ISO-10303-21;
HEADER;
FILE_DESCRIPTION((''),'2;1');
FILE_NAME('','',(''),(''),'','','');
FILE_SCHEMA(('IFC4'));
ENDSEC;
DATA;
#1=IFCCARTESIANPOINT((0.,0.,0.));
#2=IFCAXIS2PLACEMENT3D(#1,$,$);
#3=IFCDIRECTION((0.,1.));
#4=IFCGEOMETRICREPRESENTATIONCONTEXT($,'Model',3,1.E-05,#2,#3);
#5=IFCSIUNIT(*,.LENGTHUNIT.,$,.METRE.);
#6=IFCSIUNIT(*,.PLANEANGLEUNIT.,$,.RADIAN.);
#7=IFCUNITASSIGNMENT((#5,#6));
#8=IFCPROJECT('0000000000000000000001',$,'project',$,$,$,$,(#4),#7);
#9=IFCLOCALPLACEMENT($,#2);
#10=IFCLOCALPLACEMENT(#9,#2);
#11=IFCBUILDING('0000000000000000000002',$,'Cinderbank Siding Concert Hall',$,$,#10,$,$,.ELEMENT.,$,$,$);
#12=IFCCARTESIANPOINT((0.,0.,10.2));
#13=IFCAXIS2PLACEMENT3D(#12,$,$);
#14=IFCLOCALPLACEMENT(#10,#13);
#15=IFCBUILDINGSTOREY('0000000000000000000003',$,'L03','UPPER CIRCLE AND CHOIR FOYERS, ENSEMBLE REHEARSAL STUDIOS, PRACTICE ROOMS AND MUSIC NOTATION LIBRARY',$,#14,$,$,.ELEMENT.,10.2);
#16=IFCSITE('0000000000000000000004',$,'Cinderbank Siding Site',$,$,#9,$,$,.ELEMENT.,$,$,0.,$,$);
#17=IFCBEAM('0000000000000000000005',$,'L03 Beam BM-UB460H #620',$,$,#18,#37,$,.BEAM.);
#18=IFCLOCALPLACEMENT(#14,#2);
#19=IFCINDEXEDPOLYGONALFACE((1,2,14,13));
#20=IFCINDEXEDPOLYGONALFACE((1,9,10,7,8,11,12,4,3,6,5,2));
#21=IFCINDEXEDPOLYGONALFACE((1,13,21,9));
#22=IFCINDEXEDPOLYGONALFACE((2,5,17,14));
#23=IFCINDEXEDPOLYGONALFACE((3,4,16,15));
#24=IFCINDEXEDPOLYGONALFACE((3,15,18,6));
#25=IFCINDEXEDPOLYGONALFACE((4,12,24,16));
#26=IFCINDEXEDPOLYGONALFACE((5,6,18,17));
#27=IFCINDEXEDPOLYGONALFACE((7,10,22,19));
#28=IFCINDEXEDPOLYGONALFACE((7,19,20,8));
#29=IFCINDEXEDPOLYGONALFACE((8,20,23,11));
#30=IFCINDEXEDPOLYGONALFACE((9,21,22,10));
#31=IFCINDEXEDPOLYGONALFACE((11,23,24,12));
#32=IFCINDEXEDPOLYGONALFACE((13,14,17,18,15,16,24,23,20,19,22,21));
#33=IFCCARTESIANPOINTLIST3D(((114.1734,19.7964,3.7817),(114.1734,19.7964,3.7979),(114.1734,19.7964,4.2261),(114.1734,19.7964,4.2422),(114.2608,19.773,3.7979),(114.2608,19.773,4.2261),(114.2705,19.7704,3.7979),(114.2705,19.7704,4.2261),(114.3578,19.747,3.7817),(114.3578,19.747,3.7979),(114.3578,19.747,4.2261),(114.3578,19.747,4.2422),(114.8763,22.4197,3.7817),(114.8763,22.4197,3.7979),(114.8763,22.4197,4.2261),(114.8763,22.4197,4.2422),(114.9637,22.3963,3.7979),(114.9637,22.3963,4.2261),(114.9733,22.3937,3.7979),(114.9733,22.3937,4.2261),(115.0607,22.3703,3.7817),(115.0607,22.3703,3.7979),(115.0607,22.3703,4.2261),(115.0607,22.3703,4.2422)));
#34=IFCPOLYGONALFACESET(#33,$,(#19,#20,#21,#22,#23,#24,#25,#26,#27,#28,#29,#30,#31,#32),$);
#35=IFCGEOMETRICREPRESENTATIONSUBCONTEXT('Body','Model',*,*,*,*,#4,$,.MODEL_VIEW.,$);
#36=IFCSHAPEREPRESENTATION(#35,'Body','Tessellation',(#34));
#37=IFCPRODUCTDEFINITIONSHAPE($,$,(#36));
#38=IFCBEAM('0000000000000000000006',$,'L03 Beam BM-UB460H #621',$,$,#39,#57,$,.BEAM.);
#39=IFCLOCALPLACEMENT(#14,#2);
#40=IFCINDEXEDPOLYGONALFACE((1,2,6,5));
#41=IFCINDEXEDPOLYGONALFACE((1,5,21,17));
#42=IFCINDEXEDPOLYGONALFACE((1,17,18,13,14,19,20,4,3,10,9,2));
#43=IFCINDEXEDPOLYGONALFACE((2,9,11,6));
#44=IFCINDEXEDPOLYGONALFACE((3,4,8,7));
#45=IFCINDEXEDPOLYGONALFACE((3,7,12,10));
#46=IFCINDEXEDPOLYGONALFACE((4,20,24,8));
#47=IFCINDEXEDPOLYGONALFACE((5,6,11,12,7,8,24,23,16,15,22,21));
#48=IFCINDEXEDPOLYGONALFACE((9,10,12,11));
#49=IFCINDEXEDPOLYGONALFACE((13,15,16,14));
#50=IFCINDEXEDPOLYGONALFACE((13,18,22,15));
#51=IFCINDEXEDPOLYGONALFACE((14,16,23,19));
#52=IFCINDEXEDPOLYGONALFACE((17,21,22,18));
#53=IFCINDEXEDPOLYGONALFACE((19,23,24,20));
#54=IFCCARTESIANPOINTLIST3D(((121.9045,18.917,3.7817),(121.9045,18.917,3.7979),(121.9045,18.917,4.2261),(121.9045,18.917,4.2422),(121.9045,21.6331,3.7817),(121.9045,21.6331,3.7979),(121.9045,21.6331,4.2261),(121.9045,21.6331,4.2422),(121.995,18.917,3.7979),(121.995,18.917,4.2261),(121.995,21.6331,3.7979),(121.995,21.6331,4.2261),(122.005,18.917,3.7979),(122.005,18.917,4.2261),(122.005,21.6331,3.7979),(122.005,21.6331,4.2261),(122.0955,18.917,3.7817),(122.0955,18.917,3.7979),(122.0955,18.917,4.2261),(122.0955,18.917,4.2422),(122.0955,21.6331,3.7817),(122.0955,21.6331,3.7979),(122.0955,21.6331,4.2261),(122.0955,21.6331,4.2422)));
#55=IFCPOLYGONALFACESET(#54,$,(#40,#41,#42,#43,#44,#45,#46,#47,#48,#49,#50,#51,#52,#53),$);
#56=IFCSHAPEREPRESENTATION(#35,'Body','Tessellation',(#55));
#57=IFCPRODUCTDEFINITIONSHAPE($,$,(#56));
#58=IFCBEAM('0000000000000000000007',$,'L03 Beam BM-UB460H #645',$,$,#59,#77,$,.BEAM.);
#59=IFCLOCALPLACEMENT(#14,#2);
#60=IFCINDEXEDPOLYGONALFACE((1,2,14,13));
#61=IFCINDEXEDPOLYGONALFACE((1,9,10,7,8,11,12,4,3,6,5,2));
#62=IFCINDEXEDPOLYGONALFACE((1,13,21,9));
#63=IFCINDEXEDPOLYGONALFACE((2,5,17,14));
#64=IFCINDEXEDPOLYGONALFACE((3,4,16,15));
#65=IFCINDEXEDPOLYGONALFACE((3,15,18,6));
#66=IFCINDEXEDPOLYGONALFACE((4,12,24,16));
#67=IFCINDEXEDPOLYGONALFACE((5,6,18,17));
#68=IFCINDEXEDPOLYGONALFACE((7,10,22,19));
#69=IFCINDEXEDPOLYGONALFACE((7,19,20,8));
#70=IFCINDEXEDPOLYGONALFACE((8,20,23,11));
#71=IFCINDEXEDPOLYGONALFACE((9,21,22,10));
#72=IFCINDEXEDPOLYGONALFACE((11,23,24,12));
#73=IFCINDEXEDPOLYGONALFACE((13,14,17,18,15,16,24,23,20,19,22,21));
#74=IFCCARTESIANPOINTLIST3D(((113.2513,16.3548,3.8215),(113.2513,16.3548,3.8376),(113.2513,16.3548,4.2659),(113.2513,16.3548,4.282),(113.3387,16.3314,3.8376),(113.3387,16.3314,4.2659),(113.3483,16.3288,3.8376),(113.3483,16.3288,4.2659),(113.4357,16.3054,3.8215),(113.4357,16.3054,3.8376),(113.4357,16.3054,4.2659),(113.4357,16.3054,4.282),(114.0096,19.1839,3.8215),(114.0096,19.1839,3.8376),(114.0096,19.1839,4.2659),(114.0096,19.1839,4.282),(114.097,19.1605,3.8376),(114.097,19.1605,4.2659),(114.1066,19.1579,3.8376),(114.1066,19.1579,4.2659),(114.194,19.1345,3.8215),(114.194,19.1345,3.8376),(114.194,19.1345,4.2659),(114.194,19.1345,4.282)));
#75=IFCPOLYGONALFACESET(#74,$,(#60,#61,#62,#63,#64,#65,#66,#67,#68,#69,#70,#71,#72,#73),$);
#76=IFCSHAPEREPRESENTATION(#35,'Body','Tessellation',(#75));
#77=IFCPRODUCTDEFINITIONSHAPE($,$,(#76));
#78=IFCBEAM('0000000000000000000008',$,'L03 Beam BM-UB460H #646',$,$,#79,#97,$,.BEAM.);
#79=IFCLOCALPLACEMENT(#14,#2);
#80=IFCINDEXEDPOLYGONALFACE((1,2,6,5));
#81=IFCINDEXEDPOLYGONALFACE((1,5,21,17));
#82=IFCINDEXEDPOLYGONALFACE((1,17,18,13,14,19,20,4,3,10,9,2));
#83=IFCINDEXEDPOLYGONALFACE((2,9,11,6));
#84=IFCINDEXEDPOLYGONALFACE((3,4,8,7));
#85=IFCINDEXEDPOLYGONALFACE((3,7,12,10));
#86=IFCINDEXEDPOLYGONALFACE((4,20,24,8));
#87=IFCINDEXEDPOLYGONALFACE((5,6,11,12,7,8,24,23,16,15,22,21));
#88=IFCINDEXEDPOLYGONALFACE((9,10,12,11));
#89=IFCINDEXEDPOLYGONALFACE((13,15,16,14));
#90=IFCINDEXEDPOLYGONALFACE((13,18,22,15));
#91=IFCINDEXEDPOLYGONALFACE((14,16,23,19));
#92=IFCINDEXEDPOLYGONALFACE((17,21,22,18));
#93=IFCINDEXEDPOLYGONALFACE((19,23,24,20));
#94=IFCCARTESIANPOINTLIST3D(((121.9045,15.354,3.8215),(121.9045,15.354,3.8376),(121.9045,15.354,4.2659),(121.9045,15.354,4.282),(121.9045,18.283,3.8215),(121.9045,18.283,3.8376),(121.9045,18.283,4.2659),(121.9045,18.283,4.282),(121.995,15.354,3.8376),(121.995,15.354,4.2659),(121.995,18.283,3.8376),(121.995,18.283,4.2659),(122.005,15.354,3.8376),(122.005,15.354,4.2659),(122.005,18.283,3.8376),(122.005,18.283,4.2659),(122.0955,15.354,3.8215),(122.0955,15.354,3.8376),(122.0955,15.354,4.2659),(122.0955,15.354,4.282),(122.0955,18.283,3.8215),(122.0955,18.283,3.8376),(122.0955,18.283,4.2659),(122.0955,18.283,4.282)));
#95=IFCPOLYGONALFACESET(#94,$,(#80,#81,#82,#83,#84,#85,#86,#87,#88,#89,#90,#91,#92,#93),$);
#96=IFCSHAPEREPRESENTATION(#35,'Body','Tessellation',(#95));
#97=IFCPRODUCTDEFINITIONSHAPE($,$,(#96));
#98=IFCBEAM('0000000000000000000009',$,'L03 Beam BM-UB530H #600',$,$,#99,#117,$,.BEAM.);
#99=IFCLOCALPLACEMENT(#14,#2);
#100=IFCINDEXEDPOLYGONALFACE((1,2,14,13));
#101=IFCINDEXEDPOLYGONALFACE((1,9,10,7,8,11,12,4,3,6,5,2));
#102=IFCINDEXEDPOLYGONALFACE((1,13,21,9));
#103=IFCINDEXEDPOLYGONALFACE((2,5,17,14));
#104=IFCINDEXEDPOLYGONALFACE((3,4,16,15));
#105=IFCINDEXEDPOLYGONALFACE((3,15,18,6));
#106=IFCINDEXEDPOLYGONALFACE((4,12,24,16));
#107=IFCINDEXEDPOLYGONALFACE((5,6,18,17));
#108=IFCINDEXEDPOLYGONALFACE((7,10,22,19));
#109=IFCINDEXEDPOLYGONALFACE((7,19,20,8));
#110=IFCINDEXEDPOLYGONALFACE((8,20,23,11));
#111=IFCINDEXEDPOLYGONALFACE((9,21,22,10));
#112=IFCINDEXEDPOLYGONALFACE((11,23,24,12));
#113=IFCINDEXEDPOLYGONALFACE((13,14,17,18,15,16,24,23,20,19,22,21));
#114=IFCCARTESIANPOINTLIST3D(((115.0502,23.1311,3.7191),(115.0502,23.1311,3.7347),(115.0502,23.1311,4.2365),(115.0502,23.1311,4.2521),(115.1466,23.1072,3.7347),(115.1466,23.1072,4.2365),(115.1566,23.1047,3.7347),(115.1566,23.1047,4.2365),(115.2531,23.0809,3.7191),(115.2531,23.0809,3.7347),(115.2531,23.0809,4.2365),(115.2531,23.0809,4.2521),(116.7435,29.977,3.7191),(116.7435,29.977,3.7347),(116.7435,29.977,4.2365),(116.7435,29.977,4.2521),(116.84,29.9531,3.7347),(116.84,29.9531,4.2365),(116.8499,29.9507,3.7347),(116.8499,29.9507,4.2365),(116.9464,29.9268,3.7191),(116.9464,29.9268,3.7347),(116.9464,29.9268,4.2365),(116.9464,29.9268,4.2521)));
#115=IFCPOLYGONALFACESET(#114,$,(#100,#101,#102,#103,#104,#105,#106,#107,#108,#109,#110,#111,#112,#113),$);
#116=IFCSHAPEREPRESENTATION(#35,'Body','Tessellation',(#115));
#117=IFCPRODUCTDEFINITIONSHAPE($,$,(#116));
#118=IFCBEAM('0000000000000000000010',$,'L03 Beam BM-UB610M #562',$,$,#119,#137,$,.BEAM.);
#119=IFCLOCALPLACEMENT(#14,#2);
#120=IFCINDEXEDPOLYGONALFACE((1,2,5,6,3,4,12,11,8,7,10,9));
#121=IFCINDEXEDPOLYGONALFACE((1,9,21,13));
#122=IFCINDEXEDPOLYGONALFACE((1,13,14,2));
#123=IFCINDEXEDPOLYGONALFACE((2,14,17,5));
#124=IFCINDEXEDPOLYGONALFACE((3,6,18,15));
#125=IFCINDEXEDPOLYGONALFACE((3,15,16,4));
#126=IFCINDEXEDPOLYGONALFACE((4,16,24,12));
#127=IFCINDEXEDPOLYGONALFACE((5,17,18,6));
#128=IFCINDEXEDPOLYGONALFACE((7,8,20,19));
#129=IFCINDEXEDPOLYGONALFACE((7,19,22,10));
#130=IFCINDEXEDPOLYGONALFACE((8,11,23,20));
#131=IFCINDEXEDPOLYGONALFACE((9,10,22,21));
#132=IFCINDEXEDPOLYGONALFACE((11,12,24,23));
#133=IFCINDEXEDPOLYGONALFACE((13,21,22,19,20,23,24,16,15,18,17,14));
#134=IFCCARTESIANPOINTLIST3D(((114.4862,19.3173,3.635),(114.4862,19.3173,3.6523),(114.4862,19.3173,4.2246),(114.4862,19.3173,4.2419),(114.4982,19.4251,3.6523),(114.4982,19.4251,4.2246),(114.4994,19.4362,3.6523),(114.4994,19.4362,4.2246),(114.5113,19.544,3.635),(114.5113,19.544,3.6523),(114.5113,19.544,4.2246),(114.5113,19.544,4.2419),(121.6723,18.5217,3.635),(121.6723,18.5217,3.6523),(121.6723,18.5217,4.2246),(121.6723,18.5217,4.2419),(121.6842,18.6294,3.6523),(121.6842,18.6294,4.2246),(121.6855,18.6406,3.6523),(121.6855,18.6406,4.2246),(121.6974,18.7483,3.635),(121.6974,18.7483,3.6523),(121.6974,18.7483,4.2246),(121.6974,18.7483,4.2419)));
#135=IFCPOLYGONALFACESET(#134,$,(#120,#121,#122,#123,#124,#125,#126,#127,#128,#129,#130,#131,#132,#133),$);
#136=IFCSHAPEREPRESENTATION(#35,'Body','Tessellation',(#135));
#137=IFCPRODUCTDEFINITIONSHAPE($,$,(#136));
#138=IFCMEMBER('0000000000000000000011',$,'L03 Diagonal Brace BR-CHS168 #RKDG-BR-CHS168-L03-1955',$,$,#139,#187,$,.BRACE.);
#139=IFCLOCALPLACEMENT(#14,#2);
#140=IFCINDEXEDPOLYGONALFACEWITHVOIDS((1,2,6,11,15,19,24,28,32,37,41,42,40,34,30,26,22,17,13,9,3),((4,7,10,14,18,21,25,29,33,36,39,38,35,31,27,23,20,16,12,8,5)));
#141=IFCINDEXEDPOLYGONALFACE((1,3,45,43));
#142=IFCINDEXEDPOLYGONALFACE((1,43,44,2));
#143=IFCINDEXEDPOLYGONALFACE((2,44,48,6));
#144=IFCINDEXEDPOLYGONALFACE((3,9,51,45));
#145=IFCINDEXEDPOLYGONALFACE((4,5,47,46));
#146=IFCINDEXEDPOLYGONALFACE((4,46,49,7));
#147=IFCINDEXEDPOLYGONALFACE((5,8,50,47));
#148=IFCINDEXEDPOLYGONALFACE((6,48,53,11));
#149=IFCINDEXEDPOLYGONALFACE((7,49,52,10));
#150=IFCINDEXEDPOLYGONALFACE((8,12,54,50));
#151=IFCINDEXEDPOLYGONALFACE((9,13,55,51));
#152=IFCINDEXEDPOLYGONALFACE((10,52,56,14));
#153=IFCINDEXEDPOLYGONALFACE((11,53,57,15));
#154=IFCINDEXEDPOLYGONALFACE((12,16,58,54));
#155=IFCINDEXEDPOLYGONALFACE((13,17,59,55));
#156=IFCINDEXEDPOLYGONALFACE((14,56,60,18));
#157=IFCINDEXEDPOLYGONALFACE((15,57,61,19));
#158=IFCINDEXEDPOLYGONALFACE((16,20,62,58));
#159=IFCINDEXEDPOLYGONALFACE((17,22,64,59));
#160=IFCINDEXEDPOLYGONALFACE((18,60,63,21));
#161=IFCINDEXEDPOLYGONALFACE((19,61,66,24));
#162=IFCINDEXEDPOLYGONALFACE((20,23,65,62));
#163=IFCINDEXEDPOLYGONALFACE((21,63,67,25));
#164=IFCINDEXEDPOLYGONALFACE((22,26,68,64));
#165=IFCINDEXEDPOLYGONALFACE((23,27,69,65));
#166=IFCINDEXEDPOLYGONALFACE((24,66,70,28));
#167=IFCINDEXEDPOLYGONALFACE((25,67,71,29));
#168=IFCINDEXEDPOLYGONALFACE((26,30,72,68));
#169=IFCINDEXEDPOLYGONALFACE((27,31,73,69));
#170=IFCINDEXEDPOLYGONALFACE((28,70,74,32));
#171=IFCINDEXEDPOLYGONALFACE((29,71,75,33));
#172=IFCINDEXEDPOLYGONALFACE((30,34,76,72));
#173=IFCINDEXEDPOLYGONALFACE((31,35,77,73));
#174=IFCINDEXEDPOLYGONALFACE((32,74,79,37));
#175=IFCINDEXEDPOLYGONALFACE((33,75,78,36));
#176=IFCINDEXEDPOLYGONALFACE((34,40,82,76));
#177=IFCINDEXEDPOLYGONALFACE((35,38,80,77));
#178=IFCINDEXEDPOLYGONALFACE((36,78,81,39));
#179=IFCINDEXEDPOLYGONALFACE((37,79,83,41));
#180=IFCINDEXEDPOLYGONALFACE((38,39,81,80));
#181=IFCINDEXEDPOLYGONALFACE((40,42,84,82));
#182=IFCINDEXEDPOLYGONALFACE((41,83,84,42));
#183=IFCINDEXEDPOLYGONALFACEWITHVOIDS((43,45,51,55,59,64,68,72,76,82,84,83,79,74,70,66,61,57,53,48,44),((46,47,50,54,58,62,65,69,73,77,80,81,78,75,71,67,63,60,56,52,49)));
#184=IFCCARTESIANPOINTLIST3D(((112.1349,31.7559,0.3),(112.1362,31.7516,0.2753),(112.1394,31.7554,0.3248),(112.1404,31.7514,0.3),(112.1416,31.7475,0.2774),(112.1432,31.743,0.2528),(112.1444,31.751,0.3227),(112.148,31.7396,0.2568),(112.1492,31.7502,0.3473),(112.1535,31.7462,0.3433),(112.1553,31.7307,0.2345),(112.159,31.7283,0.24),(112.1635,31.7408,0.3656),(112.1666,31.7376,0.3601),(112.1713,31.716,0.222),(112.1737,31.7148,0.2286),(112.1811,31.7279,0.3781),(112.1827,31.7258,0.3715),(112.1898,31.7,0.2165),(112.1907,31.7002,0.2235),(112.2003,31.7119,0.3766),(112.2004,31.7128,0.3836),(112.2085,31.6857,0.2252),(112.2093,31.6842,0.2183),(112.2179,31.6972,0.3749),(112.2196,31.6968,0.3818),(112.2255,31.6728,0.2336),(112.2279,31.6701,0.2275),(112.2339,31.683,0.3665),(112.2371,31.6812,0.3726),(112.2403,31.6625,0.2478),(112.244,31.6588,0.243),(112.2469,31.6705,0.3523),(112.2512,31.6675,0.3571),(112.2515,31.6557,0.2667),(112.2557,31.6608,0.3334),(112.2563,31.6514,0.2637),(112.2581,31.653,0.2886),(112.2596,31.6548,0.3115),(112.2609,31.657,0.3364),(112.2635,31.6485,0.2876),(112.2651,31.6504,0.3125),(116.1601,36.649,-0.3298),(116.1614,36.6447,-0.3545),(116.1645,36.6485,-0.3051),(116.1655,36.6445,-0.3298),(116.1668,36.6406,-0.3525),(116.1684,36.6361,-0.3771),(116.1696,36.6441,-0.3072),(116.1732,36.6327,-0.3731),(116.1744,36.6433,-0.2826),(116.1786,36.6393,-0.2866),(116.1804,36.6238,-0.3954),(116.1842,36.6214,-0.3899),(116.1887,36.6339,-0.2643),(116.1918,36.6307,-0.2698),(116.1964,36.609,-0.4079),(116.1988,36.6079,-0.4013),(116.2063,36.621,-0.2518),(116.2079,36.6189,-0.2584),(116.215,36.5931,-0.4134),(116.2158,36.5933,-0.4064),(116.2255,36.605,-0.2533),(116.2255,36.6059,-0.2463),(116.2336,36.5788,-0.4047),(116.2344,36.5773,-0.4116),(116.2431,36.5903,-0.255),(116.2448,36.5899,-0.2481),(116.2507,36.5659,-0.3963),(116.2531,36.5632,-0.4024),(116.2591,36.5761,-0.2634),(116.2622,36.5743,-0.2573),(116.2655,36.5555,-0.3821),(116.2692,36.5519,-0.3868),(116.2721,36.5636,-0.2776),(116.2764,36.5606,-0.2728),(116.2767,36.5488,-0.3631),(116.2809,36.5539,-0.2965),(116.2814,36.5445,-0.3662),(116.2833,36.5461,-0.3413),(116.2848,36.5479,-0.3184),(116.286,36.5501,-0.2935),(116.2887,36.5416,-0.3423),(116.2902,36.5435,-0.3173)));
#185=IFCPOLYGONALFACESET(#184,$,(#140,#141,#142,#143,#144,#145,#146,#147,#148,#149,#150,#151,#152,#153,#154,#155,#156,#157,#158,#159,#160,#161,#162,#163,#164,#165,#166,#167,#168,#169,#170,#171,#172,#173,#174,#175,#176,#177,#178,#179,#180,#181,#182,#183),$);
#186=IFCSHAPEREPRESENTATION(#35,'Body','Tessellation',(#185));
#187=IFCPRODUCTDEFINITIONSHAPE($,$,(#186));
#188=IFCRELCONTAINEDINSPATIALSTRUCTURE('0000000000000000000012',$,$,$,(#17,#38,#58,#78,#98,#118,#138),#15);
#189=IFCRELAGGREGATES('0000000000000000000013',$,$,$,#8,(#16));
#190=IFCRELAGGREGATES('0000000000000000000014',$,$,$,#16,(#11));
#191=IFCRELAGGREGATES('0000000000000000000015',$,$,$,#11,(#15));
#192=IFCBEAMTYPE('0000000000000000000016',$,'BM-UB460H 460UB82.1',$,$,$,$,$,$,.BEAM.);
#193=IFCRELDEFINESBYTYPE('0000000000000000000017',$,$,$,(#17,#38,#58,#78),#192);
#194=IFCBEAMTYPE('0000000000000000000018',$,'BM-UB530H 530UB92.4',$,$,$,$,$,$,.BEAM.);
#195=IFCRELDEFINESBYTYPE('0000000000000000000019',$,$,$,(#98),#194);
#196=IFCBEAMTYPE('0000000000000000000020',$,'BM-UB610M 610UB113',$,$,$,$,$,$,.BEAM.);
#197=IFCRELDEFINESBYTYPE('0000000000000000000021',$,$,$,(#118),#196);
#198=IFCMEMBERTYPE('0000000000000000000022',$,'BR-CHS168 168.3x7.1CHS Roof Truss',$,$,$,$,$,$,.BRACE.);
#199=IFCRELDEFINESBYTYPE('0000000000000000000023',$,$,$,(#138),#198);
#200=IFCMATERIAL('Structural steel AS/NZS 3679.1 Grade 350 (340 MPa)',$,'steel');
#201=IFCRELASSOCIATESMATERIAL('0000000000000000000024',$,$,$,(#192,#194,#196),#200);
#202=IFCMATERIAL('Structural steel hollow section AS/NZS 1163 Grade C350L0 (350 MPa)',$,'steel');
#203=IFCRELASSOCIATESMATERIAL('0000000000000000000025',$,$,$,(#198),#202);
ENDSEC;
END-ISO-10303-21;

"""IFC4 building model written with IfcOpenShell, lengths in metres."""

from ifc_helpers import new_model, si_unit, direction, frame, origin, origin_2d, place, context, subcontext, project, spatial, hollow_circle, i_section, extrude, material, material_profile, profile_set, type_object, element, save


model = new_model("IFC4")

# Units and contexts
model_context = context("Model", 3, precision=1e-05, world=origin(), true_north=direction((0.0, 1.0)))
body_context = subcontext(model_context, "Body", "Model", "MODEL_VIEW")
ifc_project = project(units=[si_unit("LENGTHUNIT", "METRE"), si_unit("PLANEANGLEUNIT", "RADIAN")], contexts=[model_context])

# Site, building, storey
site_placement = place(None, origin())
site = spatial("IfcSite", under=ifc_project, at=site_placement, Name="Cinderbank Siding Site", CompositionType="ELEMENT", RefElevation=0.0)
building_placement = place(site_placement, origin())
building = spatial("IfcBuilding", under=site, at=building_placement, Name="Cinderbank Siding Concert Hall", CompositionType="ELEMENT")
storey_placement = place(building_placement, frame((0.0, 0.0, 10.2)))
storey = spatial("IfcBuildingStorey", under=building, at=storey_placement, Name="L03", Description="UPPER CIRCLE AND CHOIR FOYERS, ENSEMBLE REHEARSAL STUDIOS, PRACTICE ROOMS AND MUSIC NOTATION LIBRARY", CompositionType="ELEMENT", Elevation=10.2)

# Beams
ifc_material_1 = material(Name="Structural steel AS/NZS 3679.1 Grade 350 (340 MPa)", Category="steel")
ifc_material_profile_1 = material_profile(ifc_material_1, i_section(OverallWidth=0.1909, OverallDepth=0.4604, WebThickness=0.01, FlangeThickness=0.0161, at=origin_2d()), Name="460UB82.1", Category="LoadBearing")
ifc_profile_set_1 = profile_set([ifc_material_profile_1], Name="Structural steel AS/NZS 3679.1 Grade 350 (340 MPa)")
beam_type_1 = type_object("IfcBeamType", Name="BM-UB460H 460UB82.1", PredefinedType="BEAM", material=ifc_profile_set_1)
beam_1_placement = place(storey_placement, frame((114.9685, 22.395, 4.012), z_axis=(-0.258809, -0.965928, 0.0), x_axis=(0.965928, -0.258809, 0.0)))
element("IfcBeam", 1, at=beam_1_placement, inside=storey, type_object=beam_type_1, Name="L03 Beam BM-UB460H #620", PredefinedType="BEAM", context=body_context, shape_type="SweptSolid", body=[
    extrude(i_section(OverallWidth=0.1909, OverallDepth=0.4604, WebThickness=0.01, FlangeThickness=0.0161, at=origin_2d()), origin(), (0.0, 0.0, 1.0), 2.7158),
])
beam_2_placement = place(storey_placement, frame((122.0, 21.6331, 4.012), z_axis=(0.0, -1.0, 0.0), x_axis=(1.0, 0.0, 0.0)))
element("IfcBeam", 2, at=beam_2_placement, inside=storey, type_object=beam_type_1, Name="L03 Beam BM-UB460H #621", PredefinedType="BEAM", context=body_context, shape_type="SweptSolid", body=[
    extrude(i_section(OverallWidth=0.1909, OverallDepth=0.4604, WebThickness=0.01, FlangeThickness=0.0161, at=origin_2d()), origin(), (0.0, 0.0, 1.0), 2.7161),
])
for number, where, z_axis, x_axis, name in (
    (3, (114.1018, 19.1592, 4.0518), (-0.258897, -0.965905, 0.0), (0.965905, -0.258897, 0.0), "L03 Beam BM-UB460H #645"),
    (4, (122.0, 18.283, 4.0518), (0.0, -1.0, 0.0), (1.0, 0.0, 0.0), "L03 Beam BM-UB460H #646"),
):
    element("IfcBeam", number, at=place(storey_placement, frame(where, z_axis=z_axis, x_axis=x_axis)), inside=storey, type_object=beam_type_1, Name=name, PredefinedType="BEAM", context=body_context, shape_type="SweptSolid", body=[
        extrude(i_section(OverallWidth=0.1909, OverallDepth=0.4604, WebThickness=0.01, FlangeThickness=0.0161, at=origin_2d()), origin(), (0.0, 0.0, 1.0), 2.929),
    ])
ifc_material_profile_2 = material_profile(ifc_material_1, i_section(OverallWidth=0.209, OverallDepth=0.533, WebThickness=0.0103, FlangeThickness=0.0156, at=origin_2d()), Name="530UB92.4", Category="LoadBearing")
ifc_profile_set_2 = profile_set([ifc_material_profile_2], Name="Structural steel AS/NZS 3679.1 Grade 350 (340 MPa)")
beam_type_2 = type_object("IfcBeamType", Name="BM-UB530H 530UB92.4", PredefinedType="BEAM", material=ifc_profile_set_2)
beam_3_placement = place(storey_placement, frame((116.845, 29.9519, 3.9856), z_axis=(-0.240116, -0.970744, 0.0), x_axis=(0.970744, -0.240116, 0.0)))
element("IfcBeam", 5, at=beam_3_placement, inside=storey, type_object=beam_type_2, Name="L03 Beam BM-UB530H #600", PredefinedType="BEAM", context=body_context, shape_type="SweptSolid", body=[
    extrude(i_section(OverallWidth=0.209, OverallDepth=0.533, WebThickness=0.0103, FlangeThickness=0.0156, at=origin_2d()), origin(), (0.0, 0.0, 1.0), 7.0522),
])
ifc_material_profile_3 = material_profile(ifc_material_1, i_section(OverallWidth=0.228, OverallDepth=0.6069, WebThickness=0.0112, FlangeThickness=0.0173, at=origin_2d()), Name="610UB113", Category="LoadBearing")
ifc_profile_set_3 = profile_set([ifc_material_profile_3], Name="Structural steel AS/NZS 3679.1 Grade 350 (340 MPa)")
beam_type_3 = type_object("IfcBeamType", Name="BM-UB610M 610UB113", PredefinedType="BEAM", material=ifc_profile_set_3)
beam_4_placement = place(storey_placement, frame((114.4988, 19.4307, 3.9385), z_axis=(0.993926, -0.11005, 0.0), x_axis=(0.11005, 0.993926, 0.0)))
element("IfcBeam", 6, at=beam_4_placement, inside=storey, type_object=beam_type_3, Name="L03 Beam BM-UB610M #562", PredefinedType="BEAM", context=body_context, shape_type="SweptSolid", body=[
    extrude(i_section(OverallWidth=0.228, OverallDepth=0.6069, WebThickness=0.0112, FlangeThickness=0.0173, at=origin_2d()), origin(), (0.0, 0.0, 1.0), 7.23),
])

# Member
ifc_material_2 = material(Name="Structural steel hollow section AS/NZS 1163 Grade C350L0 (350 MPa)", Category="steel")
ifc_material_profile_4 = material_profile(ifc_material_2, hollow_circle(Radius=0.0842, WallThickness=0.0071, at=origin_2d()), Name="168.3x7.1CHS", Category="LoadBearing")
ifc_profile_set_4 = profile_set([ifc_material_profile_4], Name="Structural steel hollow section AS/NZS 1163 Grade C350L0 (350 MPa)")
member_type_1 = type_object("IfcMemberType", Name="BR-CHS168 168.3x7.1CHS Roof Truss", PredefinedType="BRACE", material=ifc_profile_set_4)
member_1_placement = place(storey_placement, frame((112.2, 31.7024, 0.3), z_axis=(0.632174, 0.768486, -0.098927), x_axis=(-0.772274, 0.63529, 0.0)))
element("IfcMember", 7, at=member_1_placement, inside=storey, type_object=member_type_1, Name="L03 Diagonal Brace BR-CHS168 #RKDG-BR-CHS168-L03-1955", PredefinedType="BRACE", context=body_context, shape_type="SweptSolid", body=[
    extrude(hollow_circle(Radius=0.0842, WallThickness=0.0071, at=origin_2d()), origin(), (0.0, 0.0, 1.0), 6.3672),
])

save(model, "model.ifc")
